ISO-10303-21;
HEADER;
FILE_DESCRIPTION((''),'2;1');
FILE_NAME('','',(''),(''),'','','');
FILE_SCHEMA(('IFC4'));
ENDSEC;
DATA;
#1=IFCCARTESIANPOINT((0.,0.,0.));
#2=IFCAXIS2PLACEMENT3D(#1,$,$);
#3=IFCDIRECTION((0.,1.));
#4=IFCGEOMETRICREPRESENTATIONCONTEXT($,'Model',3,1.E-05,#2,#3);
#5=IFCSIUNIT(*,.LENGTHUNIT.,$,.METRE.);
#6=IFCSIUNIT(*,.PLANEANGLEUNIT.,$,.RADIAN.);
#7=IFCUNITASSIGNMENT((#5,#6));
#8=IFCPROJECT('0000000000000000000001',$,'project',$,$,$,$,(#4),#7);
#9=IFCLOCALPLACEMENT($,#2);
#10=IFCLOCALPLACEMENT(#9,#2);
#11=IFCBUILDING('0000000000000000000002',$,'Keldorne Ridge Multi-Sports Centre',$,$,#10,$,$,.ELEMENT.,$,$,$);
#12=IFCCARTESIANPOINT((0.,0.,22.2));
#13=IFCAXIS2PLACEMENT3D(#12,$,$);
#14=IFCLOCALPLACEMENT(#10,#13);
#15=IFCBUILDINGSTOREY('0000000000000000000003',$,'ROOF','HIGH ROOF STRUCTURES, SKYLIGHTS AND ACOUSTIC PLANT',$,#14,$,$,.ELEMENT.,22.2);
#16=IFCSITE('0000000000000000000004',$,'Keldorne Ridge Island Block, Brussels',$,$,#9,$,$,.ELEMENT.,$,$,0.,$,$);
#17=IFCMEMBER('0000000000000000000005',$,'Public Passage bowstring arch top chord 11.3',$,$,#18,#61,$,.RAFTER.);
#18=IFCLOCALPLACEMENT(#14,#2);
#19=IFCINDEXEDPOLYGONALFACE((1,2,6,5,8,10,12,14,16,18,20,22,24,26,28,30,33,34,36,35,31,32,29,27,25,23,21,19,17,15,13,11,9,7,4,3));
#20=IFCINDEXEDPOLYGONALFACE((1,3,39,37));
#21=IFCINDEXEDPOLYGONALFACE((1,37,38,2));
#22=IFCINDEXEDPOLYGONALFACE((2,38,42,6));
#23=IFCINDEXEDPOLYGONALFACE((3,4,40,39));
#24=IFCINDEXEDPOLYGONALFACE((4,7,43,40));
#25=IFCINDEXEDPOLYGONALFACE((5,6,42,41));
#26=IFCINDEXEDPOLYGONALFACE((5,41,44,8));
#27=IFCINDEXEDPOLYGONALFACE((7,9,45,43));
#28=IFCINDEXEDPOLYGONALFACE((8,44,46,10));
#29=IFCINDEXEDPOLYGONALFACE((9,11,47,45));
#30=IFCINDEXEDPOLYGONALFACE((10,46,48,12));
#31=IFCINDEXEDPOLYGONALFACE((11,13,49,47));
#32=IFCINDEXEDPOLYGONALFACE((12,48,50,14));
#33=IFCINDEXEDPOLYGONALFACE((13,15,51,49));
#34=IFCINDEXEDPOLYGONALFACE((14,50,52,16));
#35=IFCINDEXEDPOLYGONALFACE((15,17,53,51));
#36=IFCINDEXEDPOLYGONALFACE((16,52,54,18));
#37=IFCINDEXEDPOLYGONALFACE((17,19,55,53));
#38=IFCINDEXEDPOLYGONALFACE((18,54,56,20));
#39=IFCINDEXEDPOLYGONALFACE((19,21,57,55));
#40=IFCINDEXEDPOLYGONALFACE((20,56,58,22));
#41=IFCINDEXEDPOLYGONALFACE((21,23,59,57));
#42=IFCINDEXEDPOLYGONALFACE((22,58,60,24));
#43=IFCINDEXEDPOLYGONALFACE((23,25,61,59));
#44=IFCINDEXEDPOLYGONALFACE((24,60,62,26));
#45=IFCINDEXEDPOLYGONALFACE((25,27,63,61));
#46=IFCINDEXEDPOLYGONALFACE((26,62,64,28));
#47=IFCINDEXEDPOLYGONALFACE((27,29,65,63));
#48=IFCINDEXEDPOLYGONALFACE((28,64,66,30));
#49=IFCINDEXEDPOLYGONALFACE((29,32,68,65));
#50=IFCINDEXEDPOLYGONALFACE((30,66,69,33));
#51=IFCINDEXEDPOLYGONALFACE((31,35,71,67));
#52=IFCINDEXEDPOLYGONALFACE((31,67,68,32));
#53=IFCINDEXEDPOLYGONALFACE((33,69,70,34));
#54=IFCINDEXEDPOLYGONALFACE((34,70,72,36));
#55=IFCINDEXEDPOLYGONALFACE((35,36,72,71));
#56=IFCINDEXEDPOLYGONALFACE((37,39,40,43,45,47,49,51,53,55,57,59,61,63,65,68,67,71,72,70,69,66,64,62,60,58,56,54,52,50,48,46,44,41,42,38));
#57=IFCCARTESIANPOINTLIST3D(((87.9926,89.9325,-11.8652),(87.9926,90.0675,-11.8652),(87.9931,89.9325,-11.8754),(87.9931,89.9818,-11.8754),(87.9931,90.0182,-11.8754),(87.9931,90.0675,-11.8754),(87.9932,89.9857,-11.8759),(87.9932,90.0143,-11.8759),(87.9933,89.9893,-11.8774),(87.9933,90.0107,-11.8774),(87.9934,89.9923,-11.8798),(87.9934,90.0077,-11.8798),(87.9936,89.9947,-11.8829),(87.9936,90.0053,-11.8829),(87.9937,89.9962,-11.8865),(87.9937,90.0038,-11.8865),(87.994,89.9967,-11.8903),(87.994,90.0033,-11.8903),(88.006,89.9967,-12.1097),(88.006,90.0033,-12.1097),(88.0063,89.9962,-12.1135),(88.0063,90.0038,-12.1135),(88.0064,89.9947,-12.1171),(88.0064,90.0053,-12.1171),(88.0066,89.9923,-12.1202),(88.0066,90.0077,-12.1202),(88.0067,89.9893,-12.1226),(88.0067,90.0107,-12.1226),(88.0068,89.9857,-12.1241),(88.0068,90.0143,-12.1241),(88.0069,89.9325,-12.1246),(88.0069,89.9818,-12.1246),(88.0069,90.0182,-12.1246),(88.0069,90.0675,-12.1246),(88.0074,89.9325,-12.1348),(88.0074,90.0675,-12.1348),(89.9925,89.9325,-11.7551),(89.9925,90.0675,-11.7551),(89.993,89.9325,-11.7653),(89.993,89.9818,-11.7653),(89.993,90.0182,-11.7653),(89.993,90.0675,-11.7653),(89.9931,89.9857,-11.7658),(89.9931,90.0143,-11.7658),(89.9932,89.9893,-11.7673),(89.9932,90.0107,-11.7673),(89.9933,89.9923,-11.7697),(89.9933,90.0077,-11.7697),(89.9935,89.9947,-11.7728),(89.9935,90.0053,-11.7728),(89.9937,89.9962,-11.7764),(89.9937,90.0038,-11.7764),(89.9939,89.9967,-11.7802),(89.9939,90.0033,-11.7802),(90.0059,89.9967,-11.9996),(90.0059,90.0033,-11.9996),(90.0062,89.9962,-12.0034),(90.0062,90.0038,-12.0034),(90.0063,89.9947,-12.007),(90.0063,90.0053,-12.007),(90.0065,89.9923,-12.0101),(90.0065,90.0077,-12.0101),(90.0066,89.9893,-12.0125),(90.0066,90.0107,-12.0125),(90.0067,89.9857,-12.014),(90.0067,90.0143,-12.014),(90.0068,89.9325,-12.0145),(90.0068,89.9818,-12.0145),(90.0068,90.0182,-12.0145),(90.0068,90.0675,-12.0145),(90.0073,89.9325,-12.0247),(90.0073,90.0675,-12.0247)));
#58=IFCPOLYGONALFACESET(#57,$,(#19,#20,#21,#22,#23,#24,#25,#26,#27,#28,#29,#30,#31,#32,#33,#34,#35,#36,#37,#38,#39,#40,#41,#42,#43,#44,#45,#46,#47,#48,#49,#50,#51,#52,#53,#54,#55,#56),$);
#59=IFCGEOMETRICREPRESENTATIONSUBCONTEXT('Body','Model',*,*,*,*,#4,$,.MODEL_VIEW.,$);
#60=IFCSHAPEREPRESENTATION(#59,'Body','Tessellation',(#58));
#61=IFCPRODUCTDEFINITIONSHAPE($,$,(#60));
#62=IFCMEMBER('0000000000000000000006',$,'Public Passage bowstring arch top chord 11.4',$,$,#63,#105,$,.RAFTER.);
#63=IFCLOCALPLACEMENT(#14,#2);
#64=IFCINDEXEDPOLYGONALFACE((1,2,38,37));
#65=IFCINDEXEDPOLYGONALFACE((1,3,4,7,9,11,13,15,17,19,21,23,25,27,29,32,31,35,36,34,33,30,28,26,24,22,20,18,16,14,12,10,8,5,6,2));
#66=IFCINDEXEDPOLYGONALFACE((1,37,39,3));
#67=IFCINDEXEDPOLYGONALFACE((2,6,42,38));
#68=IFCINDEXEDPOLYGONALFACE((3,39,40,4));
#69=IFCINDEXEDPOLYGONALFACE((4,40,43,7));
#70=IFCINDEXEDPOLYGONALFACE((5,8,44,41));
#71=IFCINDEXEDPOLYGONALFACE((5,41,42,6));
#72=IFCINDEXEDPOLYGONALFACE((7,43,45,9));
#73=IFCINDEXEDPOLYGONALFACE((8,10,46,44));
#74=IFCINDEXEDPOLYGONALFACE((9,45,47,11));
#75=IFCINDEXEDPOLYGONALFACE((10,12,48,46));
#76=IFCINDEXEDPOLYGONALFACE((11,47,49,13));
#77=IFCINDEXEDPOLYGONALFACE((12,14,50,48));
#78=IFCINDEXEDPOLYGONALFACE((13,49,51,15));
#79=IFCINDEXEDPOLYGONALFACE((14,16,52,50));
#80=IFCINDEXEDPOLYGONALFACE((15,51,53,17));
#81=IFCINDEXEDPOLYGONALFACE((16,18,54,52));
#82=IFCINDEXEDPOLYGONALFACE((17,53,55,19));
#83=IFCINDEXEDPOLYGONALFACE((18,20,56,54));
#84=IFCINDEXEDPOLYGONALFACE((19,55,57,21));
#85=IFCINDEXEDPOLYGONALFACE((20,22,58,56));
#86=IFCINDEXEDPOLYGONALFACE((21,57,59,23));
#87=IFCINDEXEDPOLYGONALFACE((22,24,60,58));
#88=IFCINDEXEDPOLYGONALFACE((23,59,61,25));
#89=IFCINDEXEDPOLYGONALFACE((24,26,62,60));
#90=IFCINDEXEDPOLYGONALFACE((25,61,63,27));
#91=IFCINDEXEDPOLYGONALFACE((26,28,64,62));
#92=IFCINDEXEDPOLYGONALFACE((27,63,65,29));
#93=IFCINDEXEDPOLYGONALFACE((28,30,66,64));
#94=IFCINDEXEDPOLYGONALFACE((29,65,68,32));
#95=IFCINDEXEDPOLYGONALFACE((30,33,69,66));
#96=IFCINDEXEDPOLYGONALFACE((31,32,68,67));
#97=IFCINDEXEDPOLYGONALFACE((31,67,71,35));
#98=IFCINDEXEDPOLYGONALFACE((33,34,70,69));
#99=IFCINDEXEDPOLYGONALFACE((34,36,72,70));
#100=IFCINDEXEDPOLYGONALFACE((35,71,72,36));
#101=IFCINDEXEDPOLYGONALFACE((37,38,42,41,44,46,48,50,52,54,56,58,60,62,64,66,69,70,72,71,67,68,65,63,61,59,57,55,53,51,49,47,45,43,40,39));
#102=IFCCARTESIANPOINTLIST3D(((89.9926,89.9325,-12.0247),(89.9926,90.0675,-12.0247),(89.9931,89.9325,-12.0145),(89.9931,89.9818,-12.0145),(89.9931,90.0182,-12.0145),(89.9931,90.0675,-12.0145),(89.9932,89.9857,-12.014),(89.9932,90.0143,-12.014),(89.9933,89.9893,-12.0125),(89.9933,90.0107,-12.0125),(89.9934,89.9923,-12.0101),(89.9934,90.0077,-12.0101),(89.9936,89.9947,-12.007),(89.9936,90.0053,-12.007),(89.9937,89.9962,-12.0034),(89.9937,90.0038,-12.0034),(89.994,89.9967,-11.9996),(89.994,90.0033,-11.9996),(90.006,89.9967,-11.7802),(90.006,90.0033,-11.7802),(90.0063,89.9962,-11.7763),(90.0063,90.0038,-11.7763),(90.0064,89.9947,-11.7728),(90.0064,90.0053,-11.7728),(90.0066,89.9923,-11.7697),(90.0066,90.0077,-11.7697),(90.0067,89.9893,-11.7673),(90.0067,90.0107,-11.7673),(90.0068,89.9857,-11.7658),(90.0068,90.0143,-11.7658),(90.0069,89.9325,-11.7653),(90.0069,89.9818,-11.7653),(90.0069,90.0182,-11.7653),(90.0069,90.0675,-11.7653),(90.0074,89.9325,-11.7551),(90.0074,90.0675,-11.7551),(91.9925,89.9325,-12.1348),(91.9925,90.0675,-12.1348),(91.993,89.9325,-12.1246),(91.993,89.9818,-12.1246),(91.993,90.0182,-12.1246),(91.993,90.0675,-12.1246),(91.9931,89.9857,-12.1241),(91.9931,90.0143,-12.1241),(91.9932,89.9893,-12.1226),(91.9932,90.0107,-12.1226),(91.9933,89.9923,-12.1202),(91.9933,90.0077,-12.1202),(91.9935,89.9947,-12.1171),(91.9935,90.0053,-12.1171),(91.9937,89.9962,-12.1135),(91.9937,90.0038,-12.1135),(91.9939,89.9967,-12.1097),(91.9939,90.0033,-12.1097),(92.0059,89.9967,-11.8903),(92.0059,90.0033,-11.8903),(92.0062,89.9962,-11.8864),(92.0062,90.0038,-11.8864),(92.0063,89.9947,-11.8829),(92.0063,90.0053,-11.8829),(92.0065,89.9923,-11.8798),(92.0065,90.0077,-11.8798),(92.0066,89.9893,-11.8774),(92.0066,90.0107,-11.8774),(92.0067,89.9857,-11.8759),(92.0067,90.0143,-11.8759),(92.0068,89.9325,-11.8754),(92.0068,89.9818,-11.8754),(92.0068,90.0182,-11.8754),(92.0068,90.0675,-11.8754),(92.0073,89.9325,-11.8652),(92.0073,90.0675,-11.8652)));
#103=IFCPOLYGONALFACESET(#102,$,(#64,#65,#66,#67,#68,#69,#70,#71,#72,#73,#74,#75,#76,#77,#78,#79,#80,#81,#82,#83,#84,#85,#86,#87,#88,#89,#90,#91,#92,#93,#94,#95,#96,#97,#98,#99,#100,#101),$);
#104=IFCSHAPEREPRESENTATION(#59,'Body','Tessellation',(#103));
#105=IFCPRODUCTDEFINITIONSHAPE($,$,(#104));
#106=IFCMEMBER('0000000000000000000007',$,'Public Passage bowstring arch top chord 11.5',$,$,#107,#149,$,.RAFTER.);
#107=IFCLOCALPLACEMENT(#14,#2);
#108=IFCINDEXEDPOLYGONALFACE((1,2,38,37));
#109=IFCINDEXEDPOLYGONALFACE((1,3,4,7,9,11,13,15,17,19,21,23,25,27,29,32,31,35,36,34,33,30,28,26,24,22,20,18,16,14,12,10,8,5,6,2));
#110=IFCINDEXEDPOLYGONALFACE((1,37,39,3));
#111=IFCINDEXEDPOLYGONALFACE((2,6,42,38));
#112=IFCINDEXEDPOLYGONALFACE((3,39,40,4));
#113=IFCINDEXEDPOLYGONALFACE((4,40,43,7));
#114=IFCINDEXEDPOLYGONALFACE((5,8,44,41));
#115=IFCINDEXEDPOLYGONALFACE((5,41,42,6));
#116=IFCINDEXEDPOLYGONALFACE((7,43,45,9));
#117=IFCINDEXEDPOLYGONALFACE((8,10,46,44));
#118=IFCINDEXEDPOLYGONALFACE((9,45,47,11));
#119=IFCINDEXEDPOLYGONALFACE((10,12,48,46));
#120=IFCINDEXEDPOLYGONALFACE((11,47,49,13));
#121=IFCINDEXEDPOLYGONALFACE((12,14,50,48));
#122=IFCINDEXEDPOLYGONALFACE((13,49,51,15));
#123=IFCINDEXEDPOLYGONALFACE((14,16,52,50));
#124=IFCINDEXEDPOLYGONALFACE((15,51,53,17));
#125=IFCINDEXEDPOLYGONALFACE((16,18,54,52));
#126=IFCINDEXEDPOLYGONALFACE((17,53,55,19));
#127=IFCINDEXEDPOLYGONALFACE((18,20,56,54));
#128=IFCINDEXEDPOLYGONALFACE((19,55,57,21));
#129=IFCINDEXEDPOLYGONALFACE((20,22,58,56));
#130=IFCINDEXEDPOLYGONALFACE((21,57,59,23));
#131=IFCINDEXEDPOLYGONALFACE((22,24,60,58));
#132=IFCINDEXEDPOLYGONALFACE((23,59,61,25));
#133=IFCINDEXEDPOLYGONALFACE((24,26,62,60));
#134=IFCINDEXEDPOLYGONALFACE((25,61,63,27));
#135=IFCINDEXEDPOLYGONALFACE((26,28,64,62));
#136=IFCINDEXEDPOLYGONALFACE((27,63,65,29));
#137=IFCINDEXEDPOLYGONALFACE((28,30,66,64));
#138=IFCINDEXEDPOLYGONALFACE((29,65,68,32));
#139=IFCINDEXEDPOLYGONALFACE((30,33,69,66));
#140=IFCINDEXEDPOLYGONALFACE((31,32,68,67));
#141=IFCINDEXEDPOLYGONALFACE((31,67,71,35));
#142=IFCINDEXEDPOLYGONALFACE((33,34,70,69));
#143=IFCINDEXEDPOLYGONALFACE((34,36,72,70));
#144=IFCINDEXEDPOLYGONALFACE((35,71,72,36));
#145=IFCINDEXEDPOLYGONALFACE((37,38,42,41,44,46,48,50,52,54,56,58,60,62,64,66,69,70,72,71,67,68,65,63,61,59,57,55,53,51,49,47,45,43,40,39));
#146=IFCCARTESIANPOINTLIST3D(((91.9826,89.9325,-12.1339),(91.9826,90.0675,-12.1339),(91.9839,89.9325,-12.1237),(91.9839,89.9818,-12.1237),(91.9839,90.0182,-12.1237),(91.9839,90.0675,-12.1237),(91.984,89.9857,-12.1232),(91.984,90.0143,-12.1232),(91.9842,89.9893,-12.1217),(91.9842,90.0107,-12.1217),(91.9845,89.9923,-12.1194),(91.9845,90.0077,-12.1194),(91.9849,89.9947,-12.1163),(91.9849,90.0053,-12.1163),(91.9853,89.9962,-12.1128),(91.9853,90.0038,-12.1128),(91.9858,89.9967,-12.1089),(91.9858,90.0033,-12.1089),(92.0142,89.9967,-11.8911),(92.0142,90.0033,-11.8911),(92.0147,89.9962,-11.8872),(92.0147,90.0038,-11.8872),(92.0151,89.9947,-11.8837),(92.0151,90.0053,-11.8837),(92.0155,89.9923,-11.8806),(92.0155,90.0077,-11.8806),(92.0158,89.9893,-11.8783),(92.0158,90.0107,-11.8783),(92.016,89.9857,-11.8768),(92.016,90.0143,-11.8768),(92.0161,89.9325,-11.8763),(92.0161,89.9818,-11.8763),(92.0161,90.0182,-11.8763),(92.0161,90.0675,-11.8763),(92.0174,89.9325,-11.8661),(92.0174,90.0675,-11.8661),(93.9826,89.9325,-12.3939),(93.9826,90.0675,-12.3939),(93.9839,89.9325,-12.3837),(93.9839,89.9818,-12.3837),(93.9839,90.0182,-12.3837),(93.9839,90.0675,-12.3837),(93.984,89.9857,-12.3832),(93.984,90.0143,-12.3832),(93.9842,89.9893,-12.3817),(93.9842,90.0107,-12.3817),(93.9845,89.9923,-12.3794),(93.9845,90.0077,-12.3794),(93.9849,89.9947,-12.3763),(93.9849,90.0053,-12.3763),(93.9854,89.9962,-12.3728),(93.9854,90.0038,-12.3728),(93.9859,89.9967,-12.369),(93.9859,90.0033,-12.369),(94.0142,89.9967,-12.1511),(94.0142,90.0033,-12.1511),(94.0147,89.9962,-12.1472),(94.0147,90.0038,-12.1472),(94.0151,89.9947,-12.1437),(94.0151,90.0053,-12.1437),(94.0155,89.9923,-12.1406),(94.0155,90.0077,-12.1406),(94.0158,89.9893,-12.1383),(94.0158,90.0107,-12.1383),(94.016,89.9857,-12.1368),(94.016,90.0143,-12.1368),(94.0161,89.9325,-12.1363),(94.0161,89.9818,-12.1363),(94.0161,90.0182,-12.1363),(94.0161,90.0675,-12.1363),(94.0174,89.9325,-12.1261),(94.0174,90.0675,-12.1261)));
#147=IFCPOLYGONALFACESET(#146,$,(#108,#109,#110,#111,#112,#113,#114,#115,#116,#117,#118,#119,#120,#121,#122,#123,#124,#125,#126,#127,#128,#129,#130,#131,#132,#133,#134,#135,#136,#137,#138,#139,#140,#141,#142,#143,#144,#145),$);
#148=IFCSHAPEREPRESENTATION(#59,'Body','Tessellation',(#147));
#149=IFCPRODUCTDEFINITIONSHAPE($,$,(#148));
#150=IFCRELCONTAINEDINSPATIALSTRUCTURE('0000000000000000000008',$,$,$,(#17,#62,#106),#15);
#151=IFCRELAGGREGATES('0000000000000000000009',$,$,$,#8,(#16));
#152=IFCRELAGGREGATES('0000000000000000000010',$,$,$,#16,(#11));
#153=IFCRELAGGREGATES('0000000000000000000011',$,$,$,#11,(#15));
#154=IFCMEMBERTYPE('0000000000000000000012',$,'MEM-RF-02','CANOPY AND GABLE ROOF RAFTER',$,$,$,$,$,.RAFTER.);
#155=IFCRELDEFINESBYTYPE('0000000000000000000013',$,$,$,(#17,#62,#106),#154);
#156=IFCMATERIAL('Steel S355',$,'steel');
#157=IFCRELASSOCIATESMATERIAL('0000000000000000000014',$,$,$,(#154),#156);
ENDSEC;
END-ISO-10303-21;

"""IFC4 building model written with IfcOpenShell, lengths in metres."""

from ifc_helpers import new_model, si_unit, direction, frame, origin, origin_2d, place, context, subcontext, project, spatial, i_section, extrude, material, material_profile, profile_set, type_object, element, save


model = new_model("IFC4")

# Units and contexts
model_context = context("Model", 3, precision=1e-05, world=origin(), true_north=direction((0.0, 1.0)))
body_context = subcontext(model_context, "Body", "Model", "MODEL_VIEW")
ifc_project = project(units=[si_unit("LENGTHUNIT", "METRE"), si_unit("PLANEANGLEUNIT", "RADIAN")], contexts=[model_context])

# Site, building, storey
site_placement = place(None, origin())
site = spatial("IfcSite", under=ifc_project, at=site_placement, Name="Keldorne Ridge Island Block, Brussels", CompositionType="ELEMENT", RefElevation=0.0)
building_placement = place(site_placement, origin())
building = spatial("IfcBuilding", under=site, at=building_placement, Name="Keldorne Ridge Multi-Sports Centre", CompositionType="ELEMENT")
storey_placement = place(building_placement, frame((0.0, 0.0, 22.2)))
storey = spatial("IfcBuildingStorey", under=building, at=storey_placement, Name="ROOF", Description="HIGH ROOF STRUCTURES, SKYLIGHTS AND ACOUSTIC PLANT", CompositionType="ELEMENT", Elevation=22.2)

# Members
ifc_material = material(Name="Steel S355", Category="steel")
ifc_material_profile_1 = material_profile(ifc_material, i_section(OverallWidth=0.135, OverallDepth=0.27, WebThickness=0.0066, FlangeThickness=0.0103, FilletRadius=0.0149, at=origin_2d()), Name="IPE 270")
ifc_profile_set_1 = profile_set([ifc_material_profile_1], Name="Steel S355")
member_type_1 = type_object("IfcMemberType", Name="MEM-RF-02", Description="CANOPY AND GABLE ROOF RAFTER", PredefinedType="RAFTER", material=ifc_profile_set_1)
for number, where, z_axis, x_axis, name in (
    (1, (88.0, 90.0, -12.0), (0.998488, 0.0, 0.05497), (0.0, 1.0, 0.0), "Public Passage bowstring arch top chord 11.3"),
    (2, (90.0, 90.0, -11.8899), (0.998488, 0.0, -0.05497), (0.0, 1.0, 0.0), "Public Passage bowstring arch top chord 11.4"),
):
    element("IfcMember", number, at=place(storey_placement, frame(where, z_axis=z_axis, x_axis=x_axis)), inside=storey, type_object=member_type_1, Name=name, PredefinedType="RAFTER", context=body_context, shape_type="SweptSolid", body=[
        extrude(i_section(OverallWidth=0.135, OverallDepth=0.27, WebThickness=0.0066, FlangeThickness=0.0103, FilletRadius=0.0149, at=origin_2d()), origin(), (0.0, 0.0, 1.0), 2.0029),
    ])
member_1_placement = place(storey_placement, frame((92.0, 90.0, -12.0), z_axis=(0.991655, 0.0, -0.12892), x_axis=(0.0, 1.0, 0.0)))
element("IfcMember", 3, at=member_1_placement, inside=storey, type_object=member_type_1, Name="Public Passage bowstring arch top chord 11.5", PredefinedType="RAFTER", context=body_context, shape_type="SweptSolid", body=[
    extrude(i_section(OverallWidth=0.135, OverallDepth=0.27, WebThickness=0.0066, FlangeThickness=0.0103, FilletRadius=0.0149, at=origin_2d()), origin(), (0.0, 0.0, 1.0), 2.0168),
])

save(model, "model.ifc")
